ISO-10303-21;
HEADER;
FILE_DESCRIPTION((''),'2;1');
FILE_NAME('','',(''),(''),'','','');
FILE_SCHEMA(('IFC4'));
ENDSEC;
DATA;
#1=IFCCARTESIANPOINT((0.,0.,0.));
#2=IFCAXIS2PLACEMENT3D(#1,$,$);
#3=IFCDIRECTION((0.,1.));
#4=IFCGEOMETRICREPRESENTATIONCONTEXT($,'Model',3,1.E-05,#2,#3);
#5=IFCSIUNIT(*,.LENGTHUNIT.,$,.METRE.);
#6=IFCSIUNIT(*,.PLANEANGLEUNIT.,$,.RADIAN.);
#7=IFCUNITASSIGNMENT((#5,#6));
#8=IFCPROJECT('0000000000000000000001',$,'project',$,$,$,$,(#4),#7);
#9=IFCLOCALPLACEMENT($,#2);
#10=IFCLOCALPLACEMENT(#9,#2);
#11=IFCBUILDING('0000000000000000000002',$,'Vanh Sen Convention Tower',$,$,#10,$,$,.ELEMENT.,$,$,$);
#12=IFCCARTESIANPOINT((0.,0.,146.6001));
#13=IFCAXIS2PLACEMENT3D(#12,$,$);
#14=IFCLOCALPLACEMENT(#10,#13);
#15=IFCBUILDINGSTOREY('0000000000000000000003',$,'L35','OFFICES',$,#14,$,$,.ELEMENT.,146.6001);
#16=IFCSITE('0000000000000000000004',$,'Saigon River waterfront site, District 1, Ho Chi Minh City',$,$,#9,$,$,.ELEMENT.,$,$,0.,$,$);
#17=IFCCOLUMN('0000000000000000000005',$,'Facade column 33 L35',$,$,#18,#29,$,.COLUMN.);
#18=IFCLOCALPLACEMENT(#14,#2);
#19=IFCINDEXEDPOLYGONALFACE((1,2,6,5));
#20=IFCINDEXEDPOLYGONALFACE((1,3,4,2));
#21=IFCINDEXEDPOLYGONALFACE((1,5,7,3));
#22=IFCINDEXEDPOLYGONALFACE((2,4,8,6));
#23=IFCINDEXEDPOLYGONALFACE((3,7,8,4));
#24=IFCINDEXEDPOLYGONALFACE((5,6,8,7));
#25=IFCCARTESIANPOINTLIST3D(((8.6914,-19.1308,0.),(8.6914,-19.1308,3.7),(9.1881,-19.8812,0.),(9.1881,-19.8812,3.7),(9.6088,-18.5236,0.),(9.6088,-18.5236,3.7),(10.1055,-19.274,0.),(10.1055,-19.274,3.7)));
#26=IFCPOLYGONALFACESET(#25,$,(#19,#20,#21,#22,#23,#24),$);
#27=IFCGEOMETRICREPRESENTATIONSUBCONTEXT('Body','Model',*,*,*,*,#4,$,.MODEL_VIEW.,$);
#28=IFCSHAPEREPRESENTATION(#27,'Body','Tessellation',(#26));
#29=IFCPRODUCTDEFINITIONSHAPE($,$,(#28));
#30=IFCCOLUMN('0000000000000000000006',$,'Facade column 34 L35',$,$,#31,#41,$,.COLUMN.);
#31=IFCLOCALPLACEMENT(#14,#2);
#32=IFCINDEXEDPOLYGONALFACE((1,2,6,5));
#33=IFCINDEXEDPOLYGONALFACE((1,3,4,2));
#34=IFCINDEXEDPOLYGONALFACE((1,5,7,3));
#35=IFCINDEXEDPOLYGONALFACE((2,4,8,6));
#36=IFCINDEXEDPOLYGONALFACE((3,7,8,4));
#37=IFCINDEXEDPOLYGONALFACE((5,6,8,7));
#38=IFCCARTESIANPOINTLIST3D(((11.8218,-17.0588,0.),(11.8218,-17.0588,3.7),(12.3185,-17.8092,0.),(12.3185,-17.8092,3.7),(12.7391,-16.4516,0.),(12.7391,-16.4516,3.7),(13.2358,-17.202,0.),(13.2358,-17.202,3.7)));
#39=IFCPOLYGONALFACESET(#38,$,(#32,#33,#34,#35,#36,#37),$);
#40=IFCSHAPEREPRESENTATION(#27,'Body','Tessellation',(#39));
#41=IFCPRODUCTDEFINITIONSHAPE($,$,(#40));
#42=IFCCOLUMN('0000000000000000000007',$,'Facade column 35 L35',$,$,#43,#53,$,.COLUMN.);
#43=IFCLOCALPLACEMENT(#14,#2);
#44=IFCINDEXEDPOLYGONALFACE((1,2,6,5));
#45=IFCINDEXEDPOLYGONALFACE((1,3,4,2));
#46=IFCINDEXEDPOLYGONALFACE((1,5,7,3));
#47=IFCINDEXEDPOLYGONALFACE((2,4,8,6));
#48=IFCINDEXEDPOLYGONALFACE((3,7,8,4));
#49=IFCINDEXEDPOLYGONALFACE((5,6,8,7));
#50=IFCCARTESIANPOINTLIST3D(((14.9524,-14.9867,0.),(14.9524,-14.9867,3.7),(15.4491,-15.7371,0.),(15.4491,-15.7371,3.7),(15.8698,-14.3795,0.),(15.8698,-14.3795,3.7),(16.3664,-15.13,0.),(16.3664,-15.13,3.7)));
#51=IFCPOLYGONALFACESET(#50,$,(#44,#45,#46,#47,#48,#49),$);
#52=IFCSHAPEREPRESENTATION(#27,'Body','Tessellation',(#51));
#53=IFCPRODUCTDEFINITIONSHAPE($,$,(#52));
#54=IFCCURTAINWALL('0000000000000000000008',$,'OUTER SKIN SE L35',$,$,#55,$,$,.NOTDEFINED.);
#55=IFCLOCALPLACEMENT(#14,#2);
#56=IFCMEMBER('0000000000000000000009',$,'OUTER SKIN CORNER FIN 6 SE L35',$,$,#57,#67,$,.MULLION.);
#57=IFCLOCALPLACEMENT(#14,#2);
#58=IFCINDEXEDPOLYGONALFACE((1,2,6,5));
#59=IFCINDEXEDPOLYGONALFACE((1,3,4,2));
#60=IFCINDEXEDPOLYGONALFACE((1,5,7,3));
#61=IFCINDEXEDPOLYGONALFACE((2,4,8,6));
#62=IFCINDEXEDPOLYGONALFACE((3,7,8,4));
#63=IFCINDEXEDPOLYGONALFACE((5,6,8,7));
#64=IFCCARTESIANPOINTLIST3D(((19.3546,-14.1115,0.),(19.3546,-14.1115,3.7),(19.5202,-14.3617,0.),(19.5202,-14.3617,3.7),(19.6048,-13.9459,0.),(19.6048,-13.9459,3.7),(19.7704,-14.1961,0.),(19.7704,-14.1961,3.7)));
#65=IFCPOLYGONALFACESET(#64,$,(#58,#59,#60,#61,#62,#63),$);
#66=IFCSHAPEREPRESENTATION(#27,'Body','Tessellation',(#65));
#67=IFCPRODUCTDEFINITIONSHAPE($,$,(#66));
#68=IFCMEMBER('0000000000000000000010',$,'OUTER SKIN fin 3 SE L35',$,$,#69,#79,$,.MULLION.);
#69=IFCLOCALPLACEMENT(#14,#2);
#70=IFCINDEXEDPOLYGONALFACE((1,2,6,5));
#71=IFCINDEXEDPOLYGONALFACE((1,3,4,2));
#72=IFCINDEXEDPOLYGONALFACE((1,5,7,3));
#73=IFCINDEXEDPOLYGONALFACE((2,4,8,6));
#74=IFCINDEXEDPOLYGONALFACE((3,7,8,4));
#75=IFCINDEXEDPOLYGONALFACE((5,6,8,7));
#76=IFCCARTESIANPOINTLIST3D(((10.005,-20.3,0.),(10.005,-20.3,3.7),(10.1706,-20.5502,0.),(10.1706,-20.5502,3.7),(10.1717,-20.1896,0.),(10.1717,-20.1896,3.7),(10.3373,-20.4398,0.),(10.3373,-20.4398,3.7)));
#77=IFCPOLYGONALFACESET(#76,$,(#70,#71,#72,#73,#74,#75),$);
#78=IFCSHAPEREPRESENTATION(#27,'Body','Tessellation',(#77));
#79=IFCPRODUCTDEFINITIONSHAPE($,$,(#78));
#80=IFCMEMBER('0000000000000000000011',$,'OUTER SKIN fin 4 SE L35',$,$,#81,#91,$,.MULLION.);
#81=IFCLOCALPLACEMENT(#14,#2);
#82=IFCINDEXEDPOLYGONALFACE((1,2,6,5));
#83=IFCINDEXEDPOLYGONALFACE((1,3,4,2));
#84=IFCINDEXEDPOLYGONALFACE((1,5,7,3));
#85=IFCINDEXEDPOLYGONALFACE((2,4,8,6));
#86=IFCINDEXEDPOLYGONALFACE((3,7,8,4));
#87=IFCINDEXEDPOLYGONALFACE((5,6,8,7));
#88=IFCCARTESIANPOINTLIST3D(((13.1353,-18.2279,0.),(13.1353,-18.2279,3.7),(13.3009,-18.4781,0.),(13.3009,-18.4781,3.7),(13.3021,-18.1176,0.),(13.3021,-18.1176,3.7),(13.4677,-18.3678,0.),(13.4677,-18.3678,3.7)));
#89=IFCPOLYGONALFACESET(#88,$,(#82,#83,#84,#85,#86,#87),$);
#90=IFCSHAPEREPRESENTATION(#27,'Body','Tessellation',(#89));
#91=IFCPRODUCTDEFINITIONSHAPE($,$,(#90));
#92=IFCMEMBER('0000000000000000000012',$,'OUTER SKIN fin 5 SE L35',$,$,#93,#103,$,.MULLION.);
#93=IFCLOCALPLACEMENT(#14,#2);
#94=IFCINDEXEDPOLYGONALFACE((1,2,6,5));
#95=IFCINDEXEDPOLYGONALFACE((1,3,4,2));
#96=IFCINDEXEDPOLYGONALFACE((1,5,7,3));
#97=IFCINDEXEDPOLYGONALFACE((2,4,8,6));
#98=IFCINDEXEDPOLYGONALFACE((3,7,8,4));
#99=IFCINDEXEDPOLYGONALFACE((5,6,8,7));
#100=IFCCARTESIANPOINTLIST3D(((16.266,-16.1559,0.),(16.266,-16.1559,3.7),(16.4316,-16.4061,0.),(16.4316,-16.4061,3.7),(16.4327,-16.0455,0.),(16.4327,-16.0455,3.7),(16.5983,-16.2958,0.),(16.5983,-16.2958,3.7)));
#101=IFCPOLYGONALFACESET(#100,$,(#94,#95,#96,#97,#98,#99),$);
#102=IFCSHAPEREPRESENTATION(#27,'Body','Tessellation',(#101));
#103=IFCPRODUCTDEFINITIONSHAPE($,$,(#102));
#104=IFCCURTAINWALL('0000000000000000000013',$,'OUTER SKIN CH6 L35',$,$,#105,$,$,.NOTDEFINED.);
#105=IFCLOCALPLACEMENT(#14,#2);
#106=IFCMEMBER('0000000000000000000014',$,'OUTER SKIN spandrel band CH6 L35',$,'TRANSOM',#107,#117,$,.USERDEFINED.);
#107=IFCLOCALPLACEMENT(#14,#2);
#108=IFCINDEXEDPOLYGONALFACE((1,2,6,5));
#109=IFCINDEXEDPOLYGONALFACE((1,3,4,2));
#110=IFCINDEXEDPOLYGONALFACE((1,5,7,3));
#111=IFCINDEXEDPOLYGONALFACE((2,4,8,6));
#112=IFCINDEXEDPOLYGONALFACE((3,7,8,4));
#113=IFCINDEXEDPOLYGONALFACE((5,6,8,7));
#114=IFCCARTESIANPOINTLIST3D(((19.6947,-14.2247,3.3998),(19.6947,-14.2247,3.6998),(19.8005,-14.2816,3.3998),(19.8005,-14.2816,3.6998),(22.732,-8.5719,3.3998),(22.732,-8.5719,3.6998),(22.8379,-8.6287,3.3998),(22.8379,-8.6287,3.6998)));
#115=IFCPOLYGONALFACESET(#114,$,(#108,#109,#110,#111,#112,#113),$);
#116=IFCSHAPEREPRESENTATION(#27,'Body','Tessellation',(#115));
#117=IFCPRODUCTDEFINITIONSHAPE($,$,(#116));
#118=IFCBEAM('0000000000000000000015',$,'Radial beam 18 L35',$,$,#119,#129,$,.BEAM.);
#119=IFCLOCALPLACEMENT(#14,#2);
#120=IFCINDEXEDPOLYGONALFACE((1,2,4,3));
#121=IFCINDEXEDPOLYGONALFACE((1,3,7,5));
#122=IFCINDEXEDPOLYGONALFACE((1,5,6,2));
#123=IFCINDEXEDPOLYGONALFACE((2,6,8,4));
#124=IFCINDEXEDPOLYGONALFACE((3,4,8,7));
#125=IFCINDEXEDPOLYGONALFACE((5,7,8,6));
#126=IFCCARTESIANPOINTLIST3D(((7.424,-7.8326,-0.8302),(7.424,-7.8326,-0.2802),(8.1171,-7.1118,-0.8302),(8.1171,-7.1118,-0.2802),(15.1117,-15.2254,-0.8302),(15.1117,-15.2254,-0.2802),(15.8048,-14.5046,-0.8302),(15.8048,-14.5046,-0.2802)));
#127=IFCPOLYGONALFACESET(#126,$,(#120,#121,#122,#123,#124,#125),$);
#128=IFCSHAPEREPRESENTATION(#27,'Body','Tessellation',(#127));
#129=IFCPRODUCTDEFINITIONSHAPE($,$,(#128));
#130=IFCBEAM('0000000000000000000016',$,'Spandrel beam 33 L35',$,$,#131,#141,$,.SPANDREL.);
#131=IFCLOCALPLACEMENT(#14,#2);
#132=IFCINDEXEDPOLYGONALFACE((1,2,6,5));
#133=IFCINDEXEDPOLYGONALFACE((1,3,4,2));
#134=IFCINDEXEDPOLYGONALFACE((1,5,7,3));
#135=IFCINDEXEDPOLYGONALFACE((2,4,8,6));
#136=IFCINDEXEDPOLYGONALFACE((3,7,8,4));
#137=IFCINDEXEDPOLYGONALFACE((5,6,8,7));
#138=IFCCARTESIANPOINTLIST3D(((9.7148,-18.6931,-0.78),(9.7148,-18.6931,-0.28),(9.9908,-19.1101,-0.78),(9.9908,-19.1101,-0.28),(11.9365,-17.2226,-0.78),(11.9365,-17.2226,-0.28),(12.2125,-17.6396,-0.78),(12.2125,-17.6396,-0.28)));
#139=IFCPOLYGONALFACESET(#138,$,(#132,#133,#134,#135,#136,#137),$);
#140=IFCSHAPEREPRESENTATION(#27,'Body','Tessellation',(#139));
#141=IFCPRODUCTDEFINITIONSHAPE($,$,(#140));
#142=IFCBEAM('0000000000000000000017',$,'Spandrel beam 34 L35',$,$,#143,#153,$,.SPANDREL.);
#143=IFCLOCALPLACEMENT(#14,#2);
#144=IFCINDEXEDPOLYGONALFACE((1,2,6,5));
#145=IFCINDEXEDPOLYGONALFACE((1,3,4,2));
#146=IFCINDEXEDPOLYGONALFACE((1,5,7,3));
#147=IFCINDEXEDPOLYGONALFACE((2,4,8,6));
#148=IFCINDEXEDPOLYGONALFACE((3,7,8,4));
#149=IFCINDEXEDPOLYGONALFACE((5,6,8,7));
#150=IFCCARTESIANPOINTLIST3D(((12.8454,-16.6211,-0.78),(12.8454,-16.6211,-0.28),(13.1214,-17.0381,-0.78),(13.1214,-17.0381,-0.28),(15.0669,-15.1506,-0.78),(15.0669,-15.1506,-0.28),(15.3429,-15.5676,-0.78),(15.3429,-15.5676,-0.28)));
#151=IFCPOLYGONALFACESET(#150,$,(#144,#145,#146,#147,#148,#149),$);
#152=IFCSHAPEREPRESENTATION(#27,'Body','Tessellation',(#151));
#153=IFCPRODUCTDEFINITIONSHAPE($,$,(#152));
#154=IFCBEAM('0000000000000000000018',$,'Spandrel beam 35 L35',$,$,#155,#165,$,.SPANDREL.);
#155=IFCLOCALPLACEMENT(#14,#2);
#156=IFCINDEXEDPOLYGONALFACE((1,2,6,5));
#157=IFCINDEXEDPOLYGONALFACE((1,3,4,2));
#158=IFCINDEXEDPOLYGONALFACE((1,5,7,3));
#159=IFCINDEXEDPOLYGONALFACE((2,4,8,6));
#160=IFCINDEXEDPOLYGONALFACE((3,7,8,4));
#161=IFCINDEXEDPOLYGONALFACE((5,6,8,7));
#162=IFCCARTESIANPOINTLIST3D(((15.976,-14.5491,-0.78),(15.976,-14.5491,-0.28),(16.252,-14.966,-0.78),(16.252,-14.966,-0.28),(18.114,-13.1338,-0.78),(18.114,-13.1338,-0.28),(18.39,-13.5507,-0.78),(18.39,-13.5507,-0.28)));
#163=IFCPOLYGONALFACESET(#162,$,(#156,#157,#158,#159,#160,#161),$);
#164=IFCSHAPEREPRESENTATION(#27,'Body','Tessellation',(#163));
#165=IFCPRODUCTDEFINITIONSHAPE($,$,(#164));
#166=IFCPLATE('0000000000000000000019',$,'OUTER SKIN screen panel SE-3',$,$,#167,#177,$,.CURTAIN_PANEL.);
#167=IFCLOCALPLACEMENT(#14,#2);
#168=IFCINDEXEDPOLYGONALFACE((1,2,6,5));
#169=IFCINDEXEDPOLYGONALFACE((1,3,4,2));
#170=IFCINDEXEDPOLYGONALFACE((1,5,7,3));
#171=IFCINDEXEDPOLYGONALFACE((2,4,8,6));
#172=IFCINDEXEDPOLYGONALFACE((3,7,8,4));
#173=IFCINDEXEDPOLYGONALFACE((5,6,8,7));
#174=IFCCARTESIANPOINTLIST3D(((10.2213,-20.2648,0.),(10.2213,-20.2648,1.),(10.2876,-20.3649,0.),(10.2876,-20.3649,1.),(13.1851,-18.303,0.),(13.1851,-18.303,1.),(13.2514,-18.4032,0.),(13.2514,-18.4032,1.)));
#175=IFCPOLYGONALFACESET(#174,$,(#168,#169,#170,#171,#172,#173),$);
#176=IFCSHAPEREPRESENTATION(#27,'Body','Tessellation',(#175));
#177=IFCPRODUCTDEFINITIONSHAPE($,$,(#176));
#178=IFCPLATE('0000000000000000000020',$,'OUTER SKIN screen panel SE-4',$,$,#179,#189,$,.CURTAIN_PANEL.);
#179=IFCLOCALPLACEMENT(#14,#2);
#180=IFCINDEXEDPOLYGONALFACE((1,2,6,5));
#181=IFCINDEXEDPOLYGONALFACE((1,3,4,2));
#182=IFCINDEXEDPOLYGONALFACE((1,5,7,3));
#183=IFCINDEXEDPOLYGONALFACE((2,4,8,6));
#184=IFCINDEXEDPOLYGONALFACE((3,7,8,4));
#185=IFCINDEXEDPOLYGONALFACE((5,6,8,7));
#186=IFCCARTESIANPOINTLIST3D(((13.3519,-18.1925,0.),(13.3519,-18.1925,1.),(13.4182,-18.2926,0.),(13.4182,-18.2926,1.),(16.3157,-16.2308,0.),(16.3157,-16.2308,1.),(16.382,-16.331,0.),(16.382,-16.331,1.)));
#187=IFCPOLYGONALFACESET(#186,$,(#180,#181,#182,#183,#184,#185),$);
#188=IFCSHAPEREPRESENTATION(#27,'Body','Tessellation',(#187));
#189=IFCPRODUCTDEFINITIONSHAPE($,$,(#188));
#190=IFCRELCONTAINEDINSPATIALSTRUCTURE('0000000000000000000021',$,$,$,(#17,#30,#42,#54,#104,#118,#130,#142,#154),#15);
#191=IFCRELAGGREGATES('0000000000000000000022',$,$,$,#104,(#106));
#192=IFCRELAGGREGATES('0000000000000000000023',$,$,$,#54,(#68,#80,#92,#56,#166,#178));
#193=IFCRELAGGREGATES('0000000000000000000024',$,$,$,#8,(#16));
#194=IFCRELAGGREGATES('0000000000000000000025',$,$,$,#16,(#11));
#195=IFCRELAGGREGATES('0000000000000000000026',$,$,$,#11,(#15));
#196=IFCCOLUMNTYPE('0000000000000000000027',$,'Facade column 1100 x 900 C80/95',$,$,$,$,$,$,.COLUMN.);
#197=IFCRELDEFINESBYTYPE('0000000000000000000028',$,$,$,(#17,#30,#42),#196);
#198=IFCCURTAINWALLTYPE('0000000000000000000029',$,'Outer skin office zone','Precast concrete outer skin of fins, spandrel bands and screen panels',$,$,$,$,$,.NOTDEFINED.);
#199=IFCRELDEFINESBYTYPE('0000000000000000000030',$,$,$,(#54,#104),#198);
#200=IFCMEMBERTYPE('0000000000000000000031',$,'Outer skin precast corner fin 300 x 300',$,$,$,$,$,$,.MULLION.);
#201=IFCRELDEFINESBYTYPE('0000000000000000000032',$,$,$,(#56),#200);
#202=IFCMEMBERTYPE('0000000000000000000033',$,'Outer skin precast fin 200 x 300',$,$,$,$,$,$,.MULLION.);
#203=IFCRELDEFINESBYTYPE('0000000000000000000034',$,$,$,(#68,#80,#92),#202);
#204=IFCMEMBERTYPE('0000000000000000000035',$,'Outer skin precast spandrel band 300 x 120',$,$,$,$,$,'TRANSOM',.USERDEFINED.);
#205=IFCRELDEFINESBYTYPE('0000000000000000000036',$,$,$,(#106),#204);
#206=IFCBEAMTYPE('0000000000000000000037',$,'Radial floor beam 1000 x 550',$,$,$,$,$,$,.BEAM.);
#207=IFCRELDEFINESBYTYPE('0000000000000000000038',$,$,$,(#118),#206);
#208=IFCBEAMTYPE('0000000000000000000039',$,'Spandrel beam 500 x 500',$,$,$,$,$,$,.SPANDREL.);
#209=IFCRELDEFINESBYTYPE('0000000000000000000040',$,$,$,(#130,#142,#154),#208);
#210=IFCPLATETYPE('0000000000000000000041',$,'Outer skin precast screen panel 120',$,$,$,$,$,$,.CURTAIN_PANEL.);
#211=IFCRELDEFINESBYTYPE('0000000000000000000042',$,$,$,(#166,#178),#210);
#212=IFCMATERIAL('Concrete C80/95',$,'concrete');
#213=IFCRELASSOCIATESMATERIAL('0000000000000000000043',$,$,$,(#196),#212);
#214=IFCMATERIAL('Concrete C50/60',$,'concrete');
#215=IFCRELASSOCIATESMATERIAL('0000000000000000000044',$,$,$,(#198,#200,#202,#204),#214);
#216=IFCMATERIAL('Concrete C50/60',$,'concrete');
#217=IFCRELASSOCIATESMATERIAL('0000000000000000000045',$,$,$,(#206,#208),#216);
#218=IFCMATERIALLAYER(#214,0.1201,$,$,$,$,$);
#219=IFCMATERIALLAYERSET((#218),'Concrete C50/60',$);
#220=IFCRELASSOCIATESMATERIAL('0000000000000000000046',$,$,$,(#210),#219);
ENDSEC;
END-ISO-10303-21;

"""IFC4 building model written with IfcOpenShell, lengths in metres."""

from ifc_helpers import new_model, si_unit, direction, frame, origin, origin_2d, place, context, subcontext, project, spatial, rectangle, extrude, material, layer, layer_set, material_profile, profile_set, type_object, element, aggregate, save


model = new_model("IFC4")

# Units and contexts
model_context = context("Model", 3, precision=1e-05, world=origin(), true_north=direction((0.0, 1.0)))
body_context = subcontext(model_context, "Body", "Model", "MODEL_VIEW")
ifc_project = project(units=[si_unit("LENGTHUNIT", "METRE"), si_unit("PLANEANGLEUNIT", "RADIAN")], contexts=[model_context])

# Site, building, storey
site_placement = place(None, origin())
site = spatial("IfcSite", under=ifc_project, at=site_placement, Name="Saigon River waterfront site, District 1, Ho Chi Minh City", CompositionType="ELEMENT", RefElevation=0.0)
building_placement = place(site_placement, origin())
building = spatial("IfcBuilding", under=site, at=building_placement, Name="Vanh Sen Convention Tower", CompositionType="ELEMENT")
storey_placement = place(building_placement, frame((0.0, 0.0, 146.6001)))
storey = spatial("IfcBuildingStorey", under=building, at=storey_placement, Name="L35", Description="OFFICES", CompositionType="ELEMENT", Elevation=146.6001)

# Columns
ifc_material_1 = material(Name="Concrete C80/95", Category="concrete")
ifc_material_profile_1 = material_profile(ifc_material_1, rectangle(XDim=1.1001, YDim=0.8999, at=origin_2d()), Name="RC 1100X900")
ifc_profile_set_1 = profile_set([ifc_material_profile_1], Name="Concrete C80/95")
column_type = type_object("IfcColumnType", Name="Facade column 1100 x 900 C80/95", PredefinedType="COLUMN", material=ifc_profile_set_1)
for number, where, z_axis, x_axis, name in (
    (1, (9.3984, -19.2024, 0.0), (0.0, 0.0, 1.0), (0.833886, 0.551937, 0.0), "Facade column 33 L35"),
    (2, (12.5288, -17.1304, 0.0), (0.0, 0.0, 1.0), (0.833886, 0.551937, 0.0), "Facade column 34 L35"),
    (3, (15.6594, -15.0583, 0.0), (0.0, 0.0, 1.0), (0.833886, 0.551937, 0.0), "Facade column 35 L35"),
):
    element("IfcColumn", number, at=place(storey_placement, frame(where, z_axis=z_axis, x_axis=x_axis)), inside=storey, type_object=column_type, Name=name, PredefinedType="COLUMN", context=body_context, shape_type="SweptSolid", body=[
        extrude(rectangle(XDim=1.1001, YDim=0.8999, at=origin_2d()), origin(), (0.0, 0.0, 1.0), 3.7),
    ])

# Curtain wall, members
ifc_material_2 = material(Name="Concrete C50/60", Category="concrete")
curtain_wall_type = type_object("IfcCurtainWallType", Name="Outer skin office zone", Description="Precast concrete outer skin of fins, spandrel bands and screen panels", PredefinedType="NOTDEFINED", material=ifc_material_2)
curtain_wall_1_placement = place(storey_placement, origin())
curtain_wall_1 = element("IfcCurtainWall", 4, at=curtain_wall_1_placement, inside=storey, type_object=curtain_wall_type, Name="OUTER SKIN SE L35", PredefinedType="NOTDEFINED")
ifc_material_profile_2 = material_profile(ifc_material_2, rectangle(XDim=0.3, YDim=0.3, at=origin_2d()), Name="Outer skin precast corner fin 300 x 300")
ifc_profile_set_2 = profile_set([ifc_material_profile_2], Name="Concrete C50/60")
member_type_1 = type_object("IfcMemberType", Name="Outer skin precast corner fin 300 x 300", PredefinedType="MULLION", material=ifc_profile_set_2)
member_1_placement = place(storey_placement, frame((19.5625, -14.1538, 0.0), z_axis=(0.0, 0.0, 1.0), x_axis=(0.833886, 0.551937, 0.0)))
member_1 = element("IfcMember", 5, at=member_1_placement, type_object=member_type_1, Name="OUTER SKIN CORNER FIN 6 SE L35", PredefinedType="MULLION", context=body_context, shape_type="SweptSolid", body=[
    extrude(rectangle(XDim=0.3, YDim=0.3, at=origin_2d()), origin(), (0.0, 0.0, 1.0), 3.7),
])
ifc_material_profile_3 = material_profile(ifc_material_2, rectangle(XDim=0.2, YDim=0.3, at=origin_2d()), Name="Outer skin precast fin 200 x 300")
ifc_profile_set_3 = profile_set([ifc_material_profile_3], Name="Concrete C50/60")
member_type_2 = type_object("IfcMemberType", Name="Outer skin precast fin 200 x 300", PredefinedType="MULLION", material=ifc_profile_set_3)
member_2_placement = place(storey_placement, frame((10.1711, -20.3699, 0.0), z_axis=(0.0, 0.0, 1.0), x_axis=(0.833886, 0.551937, 0.0)))
member_2 = element("IfcMember", 6, at=member_2_placement, type_object=member_type_2, Name="OUTER SKIN fin 3 SE L35", PredefinedType="MULLION", context=body_context, shape_type="SweptSolid", body=[
    extrude(rectangle(XDim=0.2, YDim=0.3, at=origin_2d()), origin(), (0.0, 0.0, 1.0), 3.7),
])
member_3_placement = place(storey_placement, frame((13.3015, -18.2979, 0.0), z_axis=(0.0, 0.0, 1.0), x_axis=(0.833886, 0.551937, 0.0)))
member_3 = element("IfcMember", 7, at=member_3_placement, type_object=member_type_2, Name="OUTER SKIN fin 4 SE L35", PredefinedType="MULLION", context=body_context, shape_type="SweptSolid", body=[
    extrude(rectangle(XDim=0.2, YDim=0.3, at=origin_2d()), origin(), (0.0, 0.0, 1.0), 3.7),
])
member_4_placement = place(storey_placement, frame((16.4321, -16.2258, 0.0), z_axis=(0.0, 0.0, 1.0), x_axis=(0.833886, 0.551937, 0.0)))
member_4 = element("IfcMember", 8, at=member_4_placement, type_object=member_type_2, Name="OUTER SKIN fin 5 SE L35", PredefinedType="MULLION", context=body_context, shape_type="SweptSolid", body=[
    extrude(rectangle(XDim=0.2, YDim=0.3, at=origin_2d()), origin(), (0.0, 0.0, 1.0), 3.7),
])

# Curtain wall, member
curtain_wall_2_placement = place(storey_placement, origin())
curtain_wall_2 = element("IfcCurtainWall", 9, at=curtain_wall_2_placement, inside=storey, type_object=curtain_wall_type, Name="OUTER SKIN CH6 L35", PredefinedType="NOTDEFINED")
ifc_material_profile_4 = material_profile(ifc_material_2, rectangle(XDim=0.1201, YDim=0.3, at=origin_2d()), Name="Outer skin precast spandrel band 300 x 120")
ifc_profile_set_4 = profile_set([ifc_material_profile_4], Name="Concrete C50/60")
member_type_3 = type_object("IfcMemberType", Name="Outer skin precast spandrel band 300 x 120", ElementType="TRANSOM", PredefinedType="USERDEFINED", material=ifc_profile_set_4)
member_5_placement = place(storey_placement, frame((19.7476, -14.2532, 3.5498), z_axis=(0.473317, 0.880892, 0.0), x_axis=(-0.880892, 0.473317, 0.0)))
member_5 = element("IfcMember", 10, at=member_5_placement, type_object=member_type_3, Name="OUTER SKIN spandrel band CH6 L35", ObjectType="TRANSOM", PredefinedType="USERDEFINED", context=body_context, shape_type="SweptSolid", body=[
    extrude(rectangle(XDim=0.1201, YDim=0.3, at=origin_2d()), origin(), (0.0, 0.0, 1.0), 6.4172),
])
aggregate(curtain_wall_2, [member_5])

# Beams
ifc_material_3 = material(Name="Concrete C50/60", Category="concrete")
ifc_material_profile_5 = material_profile(ifc_material_3, rectangle(XDim=1.0, YDim=0.55, at=origin_2d()), Name="RC 1000X550")
ifc_profile_set_5 = profile_set([ifc_material_profile_5], Name="Concrete C50/60")
beam_type_1 = type_object("IfcBeamType", Name="Radial floor beam 1000 x 550", PredefinedType="BEAM", material=ifc_profile_set_5)
beam_1_placement = place(storey_placement, frame((15.4583, -14.865, -0.5552), z_axis=(-0.720797, 0.693146, 0.0), x_axis=(-0.693146, -0.720797, 0.0)))
element("IfcBeam", 11, at=beam_1_placement, inside=storey, type_object=beam_type_1, Name="Radial beam 18 L35", PredefinedType="BEAM", context=body_context, shape_type="SweptSolid", body=[
    extrude(rectangle(XDim=1.0, YDim=0.55, at=origin_2d()), origin(), (0.0, 0.0, 1.0), 10.6655),
])
ifc_material_profile_6 = material_profile(ifc_material_3, rectangle(XDim=0.5, YDim=0.5, at=origin_2d()), Name="RC 500X500")
ifc_profile_set_6 = profile_set([ifc_material_profile_6], Name="Concrete C50/60")
beam_type_2 = type_object("IfcBeamType", Name="Spandrel beam 500 x 500", PredefinedType="SPANDREL", material=ifc_profile_set_6)
beam_2_placement = place(storey_placement, frame((9.8528, -18.9016, -0.53), z_axis=(0.833893, 0.551927, 0.0), x_axis=(-0.551927, 0.833893, 0.0)))
element("IfcBeam", 12, at=beam_2_placement, inside=storey, type_object=beam_type_2, Name="Spandrel beam 33 L35", PredefinedType="SPANDREL", context=body_context, shape_type="SweptSolid", body=[
    extrude(rectangle(XDim=0.5, YDim=0.5, at=origin_2d()), origin(), (0.0, 0.0, 1.0), 2.6643),
])
beam_3_placement = place(storey_placement, frame((12.9834, -16.8296, -0.53), z_axis=(0.833865, 0.551969, 0.0), x_axis=(-0.551969, 0.833865, 0.0)))
element("IfcBeam", 13, at=beam_3_placement, inside=storey, type_object=beam_type_2, Name="Spandrel beam 34 L35", PredefinedType="SPANDREL", context=body_context, shape_type="SweptSolid", body=[
    extrude(rectangle(XDim=0.5, YDim=0.5, at=origin_2d()), origin(), (0.0, 0.0, 1.0), 2.6641),
])
beam_4_placement = place(storey_placement, frame((16.114, -14.7576, -0.53), z_axis=(0.833848, 0.551994, 0.0), x_axis=(-0.551994, 0.833848, 0.0)))
element("IfcBeam", 14, at=beam_4_placement, inside=storey, type_object=beam_type_2, Name="Spandrel beam 35 L35", PredefinedType="SPANDREL", context=body_context, shape_type="SweptSolid", body=[
    extrude(rectangle(XDim=0.5, YDim=0.5, at=origin_2d()), origin(), (0.0, 0.0, 1.0), 2.564),
])

# Plates
ifc_layer_1 = layer(ifc_material_2, 0.1201)
ifc_layer_set_1 = layer_set([ifc_layer_1], Name="Concrete C50/60")
plate_type = type_object("IfcPlateType", Name="Outer skin precast screen panel 120", PredefinedType="CURTAIN_PANEL", material=ifc_layer_set_1)
plate_1_placement = place(storey_placement, frame((11.7363, -19.334, 0.0), z_axis=(0.0, 0.0, 1.0), x_axis=(0.833877, 0.55195, 0.0)))
plate_1 = element("IfcPlate", 15, at=plate_1_placement, type_object=plate_type, Name="OUTER SKIN screen panel SE-3", PredefinedType="CURTAIN_PANEL", context=body_context, shape_type="SweptSolid", body=[
    extrude(rectangle(XDim=3.5542, YDim=0.1201, at=origin_2d()), origin(), (0.0, 0.0, 1.0), 1.0),
])
plate_2_placement = place(storey_placement, frame((14.8669, -17.2617, 0.0), z_axis=(0.0, 0.0, 1.0), x_axis=(0.83389, 0.551931, 0.0)))
plate_2 = element("IfcPlate", 16, at=plate_2_placement, type_object=plate_type, Name="OUTER SKIN screen panel SE-4", PredefinedType="CURTAIN_PANEL", context=body_context, shape_type="SweptSolid", body=[
    extrude(rectangle(XDim=3.5542, YDim=0.1201, at=origin_2d()), origin(), (0.0, 0.0, 1.0), 1.0),
])
aggregate(curtain_wall_1, [member_2, member_3, member_4, member_1, plate_1, plate_2])

save(model, "model.ifc")
